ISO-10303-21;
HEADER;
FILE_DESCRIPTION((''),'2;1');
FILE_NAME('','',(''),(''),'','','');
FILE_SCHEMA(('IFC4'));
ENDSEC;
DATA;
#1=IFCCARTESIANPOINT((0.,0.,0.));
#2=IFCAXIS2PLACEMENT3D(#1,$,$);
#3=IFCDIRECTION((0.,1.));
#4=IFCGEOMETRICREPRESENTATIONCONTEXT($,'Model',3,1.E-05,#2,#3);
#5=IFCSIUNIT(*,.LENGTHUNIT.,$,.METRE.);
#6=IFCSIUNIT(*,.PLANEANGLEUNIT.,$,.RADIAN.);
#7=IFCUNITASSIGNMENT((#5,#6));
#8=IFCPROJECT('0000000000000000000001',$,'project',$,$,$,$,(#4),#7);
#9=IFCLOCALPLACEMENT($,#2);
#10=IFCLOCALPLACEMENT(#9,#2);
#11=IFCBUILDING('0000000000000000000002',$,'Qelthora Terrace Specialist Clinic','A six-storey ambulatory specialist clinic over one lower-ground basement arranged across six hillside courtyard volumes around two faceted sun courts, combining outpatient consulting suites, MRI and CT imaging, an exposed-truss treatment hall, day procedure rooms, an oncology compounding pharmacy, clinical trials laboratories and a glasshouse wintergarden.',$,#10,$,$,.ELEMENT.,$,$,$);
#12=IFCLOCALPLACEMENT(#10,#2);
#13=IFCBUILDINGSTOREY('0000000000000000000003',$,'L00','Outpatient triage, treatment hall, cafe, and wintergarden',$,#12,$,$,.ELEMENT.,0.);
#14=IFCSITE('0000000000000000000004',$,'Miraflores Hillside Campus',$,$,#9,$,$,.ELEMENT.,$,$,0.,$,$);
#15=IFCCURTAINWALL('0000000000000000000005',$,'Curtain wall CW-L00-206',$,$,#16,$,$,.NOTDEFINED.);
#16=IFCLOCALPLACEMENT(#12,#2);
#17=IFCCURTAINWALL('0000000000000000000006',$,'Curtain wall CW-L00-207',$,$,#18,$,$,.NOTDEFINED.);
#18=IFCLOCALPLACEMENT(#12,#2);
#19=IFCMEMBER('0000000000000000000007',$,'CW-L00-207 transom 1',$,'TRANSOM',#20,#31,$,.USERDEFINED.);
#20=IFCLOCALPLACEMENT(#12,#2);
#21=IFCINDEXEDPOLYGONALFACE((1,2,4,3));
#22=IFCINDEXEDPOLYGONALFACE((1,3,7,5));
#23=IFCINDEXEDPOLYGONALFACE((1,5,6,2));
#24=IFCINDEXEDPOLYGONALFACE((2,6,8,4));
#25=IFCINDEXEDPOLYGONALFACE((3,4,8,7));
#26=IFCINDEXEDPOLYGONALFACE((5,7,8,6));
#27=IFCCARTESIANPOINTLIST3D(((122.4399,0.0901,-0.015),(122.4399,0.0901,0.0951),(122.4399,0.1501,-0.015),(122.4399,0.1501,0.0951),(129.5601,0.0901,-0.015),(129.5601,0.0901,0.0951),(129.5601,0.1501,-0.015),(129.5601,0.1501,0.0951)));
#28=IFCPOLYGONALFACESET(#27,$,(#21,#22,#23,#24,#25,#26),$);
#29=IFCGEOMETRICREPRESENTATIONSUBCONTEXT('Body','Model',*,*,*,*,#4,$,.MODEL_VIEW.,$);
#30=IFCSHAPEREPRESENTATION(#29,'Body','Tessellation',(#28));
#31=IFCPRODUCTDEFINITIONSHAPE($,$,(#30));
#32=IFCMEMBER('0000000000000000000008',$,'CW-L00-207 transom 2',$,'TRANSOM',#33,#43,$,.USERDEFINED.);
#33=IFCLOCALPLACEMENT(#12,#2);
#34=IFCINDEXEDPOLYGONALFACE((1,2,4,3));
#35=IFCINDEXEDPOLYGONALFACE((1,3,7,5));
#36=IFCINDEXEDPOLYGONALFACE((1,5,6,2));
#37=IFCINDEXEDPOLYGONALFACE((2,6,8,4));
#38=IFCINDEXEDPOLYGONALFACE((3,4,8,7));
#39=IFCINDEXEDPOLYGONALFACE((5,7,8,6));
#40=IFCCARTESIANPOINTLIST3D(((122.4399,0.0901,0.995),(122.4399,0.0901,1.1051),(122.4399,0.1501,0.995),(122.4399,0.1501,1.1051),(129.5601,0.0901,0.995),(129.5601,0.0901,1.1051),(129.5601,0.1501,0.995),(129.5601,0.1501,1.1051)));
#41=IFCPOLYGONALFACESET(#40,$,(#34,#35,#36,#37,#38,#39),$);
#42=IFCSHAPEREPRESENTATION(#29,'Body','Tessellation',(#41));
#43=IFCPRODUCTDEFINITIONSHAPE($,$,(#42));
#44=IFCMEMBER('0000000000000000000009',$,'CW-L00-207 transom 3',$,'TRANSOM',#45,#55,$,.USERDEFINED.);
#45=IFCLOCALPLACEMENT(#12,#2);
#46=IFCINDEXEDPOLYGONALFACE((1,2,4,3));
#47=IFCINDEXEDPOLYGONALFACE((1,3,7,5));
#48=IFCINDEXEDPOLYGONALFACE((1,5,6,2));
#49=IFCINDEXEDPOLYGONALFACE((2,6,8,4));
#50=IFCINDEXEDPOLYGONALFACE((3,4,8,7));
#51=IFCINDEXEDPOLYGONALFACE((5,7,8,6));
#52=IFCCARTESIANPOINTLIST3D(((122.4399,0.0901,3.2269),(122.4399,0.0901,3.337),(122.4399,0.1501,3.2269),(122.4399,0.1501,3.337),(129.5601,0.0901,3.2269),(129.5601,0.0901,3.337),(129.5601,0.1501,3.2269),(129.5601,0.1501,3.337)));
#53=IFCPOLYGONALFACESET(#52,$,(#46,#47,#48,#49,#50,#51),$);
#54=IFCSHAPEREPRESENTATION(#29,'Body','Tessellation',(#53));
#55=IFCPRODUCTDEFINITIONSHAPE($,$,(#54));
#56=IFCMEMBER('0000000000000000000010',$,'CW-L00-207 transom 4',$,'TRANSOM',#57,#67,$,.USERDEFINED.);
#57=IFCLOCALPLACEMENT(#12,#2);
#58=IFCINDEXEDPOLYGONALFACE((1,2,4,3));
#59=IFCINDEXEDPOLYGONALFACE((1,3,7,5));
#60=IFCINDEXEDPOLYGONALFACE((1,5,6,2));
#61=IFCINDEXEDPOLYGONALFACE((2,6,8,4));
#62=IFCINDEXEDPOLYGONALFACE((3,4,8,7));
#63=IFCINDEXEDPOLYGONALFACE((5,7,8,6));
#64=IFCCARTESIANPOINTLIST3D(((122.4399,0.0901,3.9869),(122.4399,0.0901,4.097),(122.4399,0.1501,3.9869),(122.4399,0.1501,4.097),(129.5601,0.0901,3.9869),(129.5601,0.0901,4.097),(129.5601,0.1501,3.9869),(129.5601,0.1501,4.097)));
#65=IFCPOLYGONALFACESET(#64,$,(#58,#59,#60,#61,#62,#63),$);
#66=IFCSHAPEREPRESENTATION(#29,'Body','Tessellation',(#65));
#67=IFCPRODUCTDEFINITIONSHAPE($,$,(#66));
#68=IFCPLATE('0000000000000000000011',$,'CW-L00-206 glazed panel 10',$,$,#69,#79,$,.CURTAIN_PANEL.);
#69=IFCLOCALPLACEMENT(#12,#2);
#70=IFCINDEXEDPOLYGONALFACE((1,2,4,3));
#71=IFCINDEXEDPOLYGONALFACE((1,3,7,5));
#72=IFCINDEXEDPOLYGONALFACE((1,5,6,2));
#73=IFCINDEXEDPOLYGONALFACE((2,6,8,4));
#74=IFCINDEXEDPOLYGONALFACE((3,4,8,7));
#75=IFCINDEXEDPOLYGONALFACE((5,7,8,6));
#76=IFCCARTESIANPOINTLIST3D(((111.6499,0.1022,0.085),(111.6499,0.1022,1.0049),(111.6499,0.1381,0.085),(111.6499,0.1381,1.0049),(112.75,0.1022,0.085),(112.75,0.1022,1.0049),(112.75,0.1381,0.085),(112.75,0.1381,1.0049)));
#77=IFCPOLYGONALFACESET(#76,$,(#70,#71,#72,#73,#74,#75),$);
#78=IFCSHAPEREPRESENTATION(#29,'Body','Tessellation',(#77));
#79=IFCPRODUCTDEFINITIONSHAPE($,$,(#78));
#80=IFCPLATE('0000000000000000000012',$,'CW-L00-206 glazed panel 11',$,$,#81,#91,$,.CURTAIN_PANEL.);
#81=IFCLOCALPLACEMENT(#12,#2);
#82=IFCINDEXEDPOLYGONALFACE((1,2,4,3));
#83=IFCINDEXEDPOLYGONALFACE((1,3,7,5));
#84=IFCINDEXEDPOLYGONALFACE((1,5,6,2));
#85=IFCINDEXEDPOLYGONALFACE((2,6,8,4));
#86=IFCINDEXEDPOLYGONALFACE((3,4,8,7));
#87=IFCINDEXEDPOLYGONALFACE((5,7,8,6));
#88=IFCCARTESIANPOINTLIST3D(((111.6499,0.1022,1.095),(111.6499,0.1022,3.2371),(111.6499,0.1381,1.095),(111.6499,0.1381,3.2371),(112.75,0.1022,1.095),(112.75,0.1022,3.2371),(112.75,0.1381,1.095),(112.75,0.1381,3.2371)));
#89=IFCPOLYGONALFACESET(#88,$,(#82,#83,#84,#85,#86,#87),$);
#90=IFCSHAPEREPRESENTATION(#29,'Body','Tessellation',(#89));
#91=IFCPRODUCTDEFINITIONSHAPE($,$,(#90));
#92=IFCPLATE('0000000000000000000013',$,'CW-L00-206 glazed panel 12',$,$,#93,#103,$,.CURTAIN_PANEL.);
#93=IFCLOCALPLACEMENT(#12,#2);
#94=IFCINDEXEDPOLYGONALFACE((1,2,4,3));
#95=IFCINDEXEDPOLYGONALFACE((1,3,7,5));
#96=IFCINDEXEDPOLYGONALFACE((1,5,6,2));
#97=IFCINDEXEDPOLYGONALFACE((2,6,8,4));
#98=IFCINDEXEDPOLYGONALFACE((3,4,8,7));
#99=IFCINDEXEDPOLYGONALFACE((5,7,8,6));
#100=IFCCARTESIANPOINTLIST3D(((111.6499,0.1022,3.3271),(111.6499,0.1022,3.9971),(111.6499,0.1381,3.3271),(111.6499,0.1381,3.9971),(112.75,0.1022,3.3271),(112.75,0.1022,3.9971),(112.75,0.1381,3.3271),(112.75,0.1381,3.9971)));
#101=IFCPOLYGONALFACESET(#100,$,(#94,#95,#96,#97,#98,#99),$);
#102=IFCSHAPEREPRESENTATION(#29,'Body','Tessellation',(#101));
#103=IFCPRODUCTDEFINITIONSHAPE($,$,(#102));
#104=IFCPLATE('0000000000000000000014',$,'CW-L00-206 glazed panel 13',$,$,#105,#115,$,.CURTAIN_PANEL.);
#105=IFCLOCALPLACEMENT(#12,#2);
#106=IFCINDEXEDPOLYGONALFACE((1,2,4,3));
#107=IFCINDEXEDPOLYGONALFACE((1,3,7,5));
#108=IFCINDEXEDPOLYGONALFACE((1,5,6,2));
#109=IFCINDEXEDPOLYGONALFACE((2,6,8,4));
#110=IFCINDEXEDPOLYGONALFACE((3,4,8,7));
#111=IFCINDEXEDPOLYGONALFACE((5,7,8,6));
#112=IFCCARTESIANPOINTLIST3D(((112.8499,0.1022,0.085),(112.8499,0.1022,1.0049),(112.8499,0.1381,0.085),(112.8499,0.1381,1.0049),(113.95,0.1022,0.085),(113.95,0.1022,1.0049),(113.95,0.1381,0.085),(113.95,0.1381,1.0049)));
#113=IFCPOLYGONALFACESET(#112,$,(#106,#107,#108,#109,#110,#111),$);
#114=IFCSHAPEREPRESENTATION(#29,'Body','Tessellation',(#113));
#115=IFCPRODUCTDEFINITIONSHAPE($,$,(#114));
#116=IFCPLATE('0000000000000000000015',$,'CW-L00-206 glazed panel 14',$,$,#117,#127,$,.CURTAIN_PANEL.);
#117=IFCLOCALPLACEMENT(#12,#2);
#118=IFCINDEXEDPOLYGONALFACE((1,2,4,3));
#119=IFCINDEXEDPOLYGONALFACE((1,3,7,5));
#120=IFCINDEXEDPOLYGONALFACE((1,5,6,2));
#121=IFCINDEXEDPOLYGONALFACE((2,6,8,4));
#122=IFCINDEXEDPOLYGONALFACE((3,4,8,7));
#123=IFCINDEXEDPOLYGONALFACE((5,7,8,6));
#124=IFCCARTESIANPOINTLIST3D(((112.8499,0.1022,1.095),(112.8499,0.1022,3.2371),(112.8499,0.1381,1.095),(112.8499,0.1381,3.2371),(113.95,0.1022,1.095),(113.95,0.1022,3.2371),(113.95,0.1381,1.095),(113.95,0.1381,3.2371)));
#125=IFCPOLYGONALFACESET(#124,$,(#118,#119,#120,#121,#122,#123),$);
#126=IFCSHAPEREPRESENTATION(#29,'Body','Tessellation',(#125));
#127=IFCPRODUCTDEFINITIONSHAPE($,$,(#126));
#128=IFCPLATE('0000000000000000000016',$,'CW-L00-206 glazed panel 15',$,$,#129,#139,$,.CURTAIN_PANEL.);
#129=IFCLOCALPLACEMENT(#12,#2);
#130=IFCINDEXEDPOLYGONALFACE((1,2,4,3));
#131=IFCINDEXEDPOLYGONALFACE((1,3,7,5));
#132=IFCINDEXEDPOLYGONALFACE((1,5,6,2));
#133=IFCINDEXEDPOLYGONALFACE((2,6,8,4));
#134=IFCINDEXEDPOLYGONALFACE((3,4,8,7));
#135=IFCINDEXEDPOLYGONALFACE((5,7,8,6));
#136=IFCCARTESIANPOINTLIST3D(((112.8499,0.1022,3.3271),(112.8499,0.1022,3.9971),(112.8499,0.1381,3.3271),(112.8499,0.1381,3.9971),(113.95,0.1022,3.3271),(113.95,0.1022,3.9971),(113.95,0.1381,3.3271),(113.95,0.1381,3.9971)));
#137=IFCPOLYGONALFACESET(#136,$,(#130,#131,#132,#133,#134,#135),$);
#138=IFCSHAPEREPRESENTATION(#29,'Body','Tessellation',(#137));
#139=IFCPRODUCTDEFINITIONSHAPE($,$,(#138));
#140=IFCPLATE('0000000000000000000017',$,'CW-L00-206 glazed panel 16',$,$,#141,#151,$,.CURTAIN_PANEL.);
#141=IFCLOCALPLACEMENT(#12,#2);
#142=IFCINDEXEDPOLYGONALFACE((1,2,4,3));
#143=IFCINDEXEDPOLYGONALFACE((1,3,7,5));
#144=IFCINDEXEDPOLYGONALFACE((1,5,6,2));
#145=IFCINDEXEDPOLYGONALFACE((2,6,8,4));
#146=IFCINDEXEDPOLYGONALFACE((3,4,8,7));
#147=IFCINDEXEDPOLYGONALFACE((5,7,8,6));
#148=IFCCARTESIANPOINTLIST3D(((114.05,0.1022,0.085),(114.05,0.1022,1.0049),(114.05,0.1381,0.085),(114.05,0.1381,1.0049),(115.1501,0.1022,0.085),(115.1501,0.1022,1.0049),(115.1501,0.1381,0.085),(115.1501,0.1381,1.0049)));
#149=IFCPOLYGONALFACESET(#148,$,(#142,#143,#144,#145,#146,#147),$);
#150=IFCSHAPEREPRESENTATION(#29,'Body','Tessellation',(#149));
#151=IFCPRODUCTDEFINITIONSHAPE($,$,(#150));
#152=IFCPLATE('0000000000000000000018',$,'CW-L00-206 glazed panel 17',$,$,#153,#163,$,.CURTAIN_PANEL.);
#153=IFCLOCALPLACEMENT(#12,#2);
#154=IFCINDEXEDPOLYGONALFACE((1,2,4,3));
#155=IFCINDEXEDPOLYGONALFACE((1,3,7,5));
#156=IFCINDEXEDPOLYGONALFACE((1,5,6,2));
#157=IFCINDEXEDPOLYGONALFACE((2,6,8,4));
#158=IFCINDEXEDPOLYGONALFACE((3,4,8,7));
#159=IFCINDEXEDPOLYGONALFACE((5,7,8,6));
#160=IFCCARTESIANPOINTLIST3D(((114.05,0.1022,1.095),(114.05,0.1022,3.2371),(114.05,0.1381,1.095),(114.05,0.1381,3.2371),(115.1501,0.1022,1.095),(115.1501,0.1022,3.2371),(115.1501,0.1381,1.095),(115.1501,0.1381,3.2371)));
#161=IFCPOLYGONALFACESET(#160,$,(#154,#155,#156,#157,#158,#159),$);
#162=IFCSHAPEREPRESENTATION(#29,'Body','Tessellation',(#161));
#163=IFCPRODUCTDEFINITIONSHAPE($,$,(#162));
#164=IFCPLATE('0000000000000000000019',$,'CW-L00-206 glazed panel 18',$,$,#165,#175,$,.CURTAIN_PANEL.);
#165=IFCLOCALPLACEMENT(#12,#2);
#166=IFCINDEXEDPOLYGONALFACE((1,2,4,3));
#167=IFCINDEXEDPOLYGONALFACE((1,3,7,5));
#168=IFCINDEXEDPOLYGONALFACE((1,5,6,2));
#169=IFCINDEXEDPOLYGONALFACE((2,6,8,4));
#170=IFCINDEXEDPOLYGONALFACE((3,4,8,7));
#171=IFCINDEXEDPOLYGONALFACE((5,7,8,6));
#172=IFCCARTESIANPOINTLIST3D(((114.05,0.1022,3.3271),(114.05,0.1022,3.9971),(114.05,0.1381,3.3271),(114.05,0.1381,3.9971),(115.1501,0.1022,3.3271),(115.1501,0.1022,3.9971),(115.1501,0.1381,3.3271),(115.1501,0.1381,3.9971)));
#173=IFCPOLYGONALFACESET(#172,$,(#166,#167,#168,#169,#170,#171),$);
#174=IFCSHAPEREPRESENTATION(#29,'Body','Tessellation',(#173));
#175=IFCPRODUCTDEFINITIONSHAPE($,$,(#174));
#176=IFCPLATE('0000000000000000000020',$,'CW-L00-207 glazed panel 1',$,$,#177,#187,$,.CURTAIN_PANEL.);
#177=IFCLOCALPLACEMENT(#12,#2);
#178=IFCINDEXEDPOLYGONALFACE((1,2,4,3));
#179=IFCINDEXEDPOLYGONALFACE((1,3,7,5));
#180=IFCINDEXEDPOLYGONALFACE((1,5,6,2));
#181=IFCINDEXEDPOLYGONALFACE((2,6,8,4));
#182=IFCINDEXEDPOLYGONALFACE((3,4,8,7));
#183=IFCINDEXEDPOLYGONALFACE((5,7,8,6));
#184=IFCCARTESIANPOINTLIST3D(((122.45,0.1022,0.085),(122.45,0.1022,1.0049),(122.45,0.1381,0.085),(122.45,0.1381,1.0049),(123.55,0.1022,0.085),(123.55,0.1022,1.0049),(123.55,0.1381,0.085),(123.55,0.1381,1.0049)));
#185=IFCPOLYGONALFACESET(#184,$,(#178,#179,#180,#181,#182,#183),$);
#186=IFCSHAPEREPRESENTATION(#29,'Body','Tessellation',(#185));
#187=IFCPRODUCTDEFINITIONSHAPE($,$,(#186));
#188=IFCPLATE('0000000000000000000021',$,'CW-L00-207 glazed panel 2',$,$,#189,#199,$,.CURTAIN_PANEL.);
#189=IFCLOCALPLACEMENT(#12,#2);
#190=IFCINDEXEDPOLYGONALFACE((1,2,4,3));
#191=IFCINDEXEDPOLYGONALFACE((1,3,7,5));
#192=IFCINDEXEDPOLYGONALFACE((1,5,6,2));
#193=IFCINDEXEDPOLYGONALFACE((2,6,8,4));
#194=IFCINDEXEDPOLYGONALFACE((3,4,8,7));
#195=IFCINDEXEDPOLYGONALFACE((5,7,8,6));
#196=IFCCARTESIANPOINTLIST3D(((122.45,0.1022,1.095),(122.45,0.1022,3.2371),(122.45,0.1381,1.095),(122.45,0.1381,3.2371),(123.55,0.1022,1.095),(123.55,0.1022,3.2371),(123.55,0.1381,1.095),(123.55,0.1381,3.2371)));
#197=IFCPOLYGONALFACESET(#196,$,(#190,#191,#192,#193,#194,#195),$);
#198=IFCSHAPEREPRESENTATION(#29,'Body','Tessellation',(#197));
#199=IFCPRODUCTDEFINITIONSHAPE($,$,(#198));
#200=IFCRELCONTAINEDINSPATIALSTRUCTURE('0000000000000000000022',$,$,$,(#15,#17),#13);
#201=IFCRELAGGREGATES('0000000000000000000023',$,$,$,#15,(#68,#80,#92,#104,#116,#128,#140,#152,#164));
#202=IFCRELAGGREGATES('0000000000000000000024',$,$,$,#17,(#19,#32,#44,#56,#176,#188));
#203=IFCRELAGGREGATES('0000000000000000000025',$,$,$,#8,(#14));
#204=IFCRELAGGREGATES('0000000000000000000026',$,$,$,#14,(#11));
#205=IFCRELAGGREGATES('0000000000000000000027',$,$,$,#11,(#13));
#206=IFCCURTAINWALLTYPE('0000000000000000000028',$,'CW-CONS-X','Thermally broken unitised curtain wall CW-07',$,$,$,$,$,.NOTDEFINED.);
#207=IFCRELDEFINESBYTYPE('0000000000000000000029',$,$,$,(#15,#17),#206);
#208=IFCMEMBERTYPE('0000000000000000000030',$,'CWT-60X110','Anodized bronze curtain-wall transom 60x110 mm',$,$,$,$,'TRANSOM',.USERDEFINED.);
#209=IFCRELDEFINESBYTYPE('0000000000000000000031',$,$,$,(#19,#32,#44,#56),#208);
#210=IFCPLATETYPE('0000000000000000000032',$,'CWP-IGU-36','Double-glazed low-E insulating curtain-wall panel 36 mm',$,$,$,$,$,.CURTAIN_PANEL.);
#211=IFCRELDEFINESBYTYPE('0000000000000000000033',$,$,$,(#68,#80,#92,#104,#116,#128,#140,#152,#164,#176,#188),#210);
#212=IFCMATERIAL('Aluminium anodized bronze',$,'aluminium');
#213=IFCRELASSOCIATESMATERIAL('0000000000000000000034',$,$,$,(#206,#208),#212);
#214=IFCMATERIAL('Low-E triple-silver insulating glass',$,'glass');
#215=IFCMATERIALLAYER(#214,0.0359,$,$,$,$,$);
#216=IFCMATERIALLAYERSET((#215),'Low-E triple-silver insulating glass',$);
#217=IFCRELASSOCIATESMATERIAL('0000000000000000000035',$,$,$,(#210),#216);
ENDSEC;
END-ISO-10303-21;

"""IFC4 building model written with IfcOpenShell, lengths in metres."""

from ifc_helpers import new_model, si_unit, direction, frame, origin, origin_2d, place, context, subcontext, project, spatial, rectangle, extrude, material, layer, layer_set, material_profile, profile_set, type_object, element, aggregate, save


model = new_model("IFC4")

# Units and contexts
model_context = context("Model", 3, precision=1e-05, world=origin(), true_north=direction((0.0, 1.0)))
body_context = subcontext(model_context, "Body", "Model", "MODEL_VIEW")
ifc_project = project(units=[si_unit("LENGTHUNIT", "METRE"), si_unit("PLANEANGLEUNIT", "RADIAN")], contexts=[model_context])

# Site, building, storey
site_placement = place(None, origin())
site = spatial("IfcSite", under=ifc_project, at=site_placement, Name="Miraflores Hillside Campus", CompositionType="ELEMENT", RefElevation=0.0)
building_placement = place(site_placement, origin())
building = spatial("IfcBuilding", under=site, at=building_placement, Name="Qelthora Terrace Specialist Clinic", Description="A six-storey ambulatory specialist clinic over one lower-ground basement arranged across six hillside courtyard volumes around two faceted sun courts, combining outpatient consulting suites, MRI and CT imaging, an exposed-truss treatment hall, day procedure rooms, an oncology compounding pharmacy, clinical trials laboratories and a glasshouse wintergarden.", CompositionType="ELEMENT")
storey_placement = place(building_placement, origin())
storey = spatial("IfcBuildingStorey", under=building, at=storey_placement, Name="L00", Description="Outpatient triage, treatment hall, cafe, and wintergarden", CompositionType="ELEMENT", Elevation=0.0)

# Curtain walls, members
ifc_material_1 = material(Name="Aluminium anodized bronze", Category="aluminium")
curtain_wall_type = type_object("IfcCurtainWallType", Name="CW-CONS-X", Description="Thermally broken unitised curtain wall CW-07", PredefinedType="NOTDEFINED", material=ifc_material_1)
curtain_wall_1_placement = place(storey_placement, origin())
curtain_wall_1 = element("IfcCurtainWall", 1, at=curtain_wall_1_placement, inside=storey, type_object=curtain_wall_type, Name="Curtain wall CW-L00-206", PredefinedType="NOTDEFINED")
curtain_wall_2_placement = place(storey_placement, origin())
curtain_wall_2 = element("IfcCurtainWall", 2, at=curtain_wall_2_placement, inside=storey, type_object=curtain_wall_type, Name="Curtain wall CW-L00-207", PredefinedType="NOTDEFINED")
ifc_material_profile_1 = material_profile(ifc_material_1, rectangle(XDim=0.0601, YDim=0.1101, at=origin_2d()), Name="CWT60X110")
ifc_profile_set_1 = profile_set([ifc_material_profile_1], Name="Aluminium anodized bronze")
member_type_1 = type_object("IfcMemberType", Name="CWT-60X110", Description="Anodized bronze curtain-wall transom 60x110 mm", ElementType="TRANSOM", PredefinedType="USERDEFINED", material=ifc_profile_set_1)
member_1_placement = place(storey_placement, frame((122.4399, 0.1201, 0.04), z_axis=(1.0, 0.0, 0.0), x_axis=(0.0, 1.0, 0.0)))
member_1 = element("IfcMember", 3, at=member_1_placement, type_object=member_type_1, Name="CW-L00-207 transom 1", ObjectType="TRANSOM", PredefinedType="USERDEFINED", context=body_context, shape_type="SweptSolid", body=[
    extrude(rectangle(XDim=0.0601, YDim=0.1101, at=origin_2d()), origin(), (0.0, 0.0, 1.0), 7.1201),
])
member_2_placement = place(storey_placement, frame((122.4399, 0.1201, 1.05), z_axis=(1.0, 0.0, 0.0), x_axis=(0.0, 1.0, 0.0)))
member_2 = element("IfcMember", 4, at=member_2_placement, type_object=member_type_1, Name="CW-L00-207 transom 2", ObjectType="TRANSOM", PredefinedType="USERDEFINED", context=body_context, shape_type="SweptSolid", body=[
    extrude(rectangle(XDim=0.0601, YDim=0.1101, at=origin_2d()), origin(), (0.0, 0.0, 1.0), 7.1201),
])
member_3_placement = place(storey_placement, frame((122.4399, 0.1201, 3.282), z_axis=(1.0, 0.0, 0.0), x_axis=(0.0, 1.0, 0.0)))
member_3 = element("IfcMember", 5, at=member_3_placement, type_object=member_type_1, Name="CW-L00-207 transom 3", ObjectType="TRANSOM", PredefinedType="USERDEFINED", context=body_context, shape_type="SweptSolid", body=[
    extrude(rectangle(XDim=0.0601, YDim=0.1101, at=origin_2d()), origin(), (0.0, 0.0, 1.0), 7.1201),
])
member_4_placement = place(storey_placement, frame((122.4399, 0.1201, 4.042), z_axis=(1.0, 0.0, 0.0), x_axis=(0.0, 1.0, 0.0)))
member_4 = element("IfcMember", 6, at=member_4_placement, type_object=member_type_1, Name="CW-L00-207 transom 4", ObjectType="TRANSOM", PredefinedType="USERDEFINED", context=body_context, shape_type="SweptSolid", body=[
    extrude(rectangle(XDim=0.0601, YDim=0.1101, at=origin_2d()), origin(), (0.0, 0.0, 1.0), 7.1201),
])

# Plates
ifc_material_2 = material(Name="Low-E triple-silver insulating glass", Category="glass")
ifc_layer_1 = layer(ifc_material_2, 0.0359)
ifc_layer_set_1 = layer_set([ifc_layer_1], Name="Low-E triple-silver insulating glass")
plate_type_1 = type_object("IfcPlateType", Name="CWP-IGU-36", Description="Double-glazed low-E insulating curtain-wall panel 36 mm", PredefinedType="CURTAIN_PANEL", material=ifc_layer_set_1)
plate_1_placement = place(storey_placement, frame((112.2, 0.1201, 0.085), z_axis=(0.0, 0.0, 1.0), x_axis=(1.0, 0.0, 0.0)))
plate_1 = element("IfcPlate", 7, at=plate_1_placement, type_object=plate_type_1, Name="CW-L00-206 glazed panel 10", PredefinedType="CURTAIN_PANEL", context=body_context, shape_type="SweptSolid", body=[
    extrude(rectangle(XDim=1.1001, YDim=0.0359, at=origin_2d()), origin(), (0.0, 0.0, 1.0), 0.9199),
])
plate_2_placement = place(storey_placement, frame((112.2, 0.1201, 1.095), z_axis=(0.0, 0.0, 1.0), x_axis=(1.0, 0.0, 0.0)))
plate_2 = element("IfcPlate", 8, at=plate_2_placement, type_object=plate_type_1, Name="CW-L00-206 glazed panel 11", PredefinedType="CURTAIN_PANEL", context=body_context, shape_type="SweptSolid", body=[
    extrude(rectangle(XDim=1.1001, YDim=0.0359, at=origin_2d()), origin(), (0.0, 0.0, 1.0), 2.1421),
])
plate_3_placement = place(storey_placement, frame((112.2, 0.1201, 3.3271), z_axis=(0.0, 0.0, 1.0), x_axis=(1.0, 0.0, 0.0)))
plate_3 = element("IfcPlate", 9, at=plate_3_placement, type_object=plate_type_1, Name="CW-L00-206 glazed panel 12", PredefinedType="CURTAIN_PANEL", context=body_context, shape_type="SweptSolid", body=[
    extrude(rectangle(XDim=1.1001, YDim=0.0359, at=origin_2d()), origin(), (0.0, 0.0, 1.0), 0.6699),
])
plate_4_placement = place(storey_placement, frame((113.3999, 0.1201, 0.085), z_axis=(0.0, 0.0, 1.0), x_axis=(1.0, 0.0, 0.0)))
plate_4 = element("IfcPlate", 10, at=plate_4_placement, type_object=plate_type_1, Name="CW-L00-206 glazed panel 13", PredefinedType="CURTAIN_PANEL", context=body_context, shape_type="SweptSolid", body=[
    extrude(rectangle(XDim=1.1001, YDim=0.0359, at=origin_2d()), origin(), (0.0, 0.0, 1.0), 0.9199),
])
plate_5_placement = place(storey_placement, frame((113.3999, 0.1201, 1.095), z_axis=(0.0, 0.0, 1.0), x_axis=(1.0, 0.0, 0.0)))
plate_5 = element("IfcPlate", 11, at=plate_5_placement, type_object=plate_type_1, Name="CW-L00-206 glazed panel 14", PredefinedType="CURTAIN_PANEL", context=body_context, shape_type="SweptSolid", body=[
    extrude(rectangle(XDim=1.1001, YDim=0.0359, at=origin_2d()), origin(), (0.0, 0.0, 1.0), 2.1421),
])
plate_6_placement = place(storey_placement, frame((113.3999, 0.1201, 3.3271), z_axis=(0.0, 0.0, 1.0), x_axis=(1.0, 0.0, 0.0)))
plate_6 = element("IfcPlate", 12, at=plate_6_placement, type_object=plate_type_1, Name="CW-L00-206 glazed panel 15", PredefinedType="CURTAIN_PANEL", context=body_context, shape_type="SweptSolid", body=[
    extrude(rectangle(XDim=1.1001, YDim=0.0359, at=origin_2d()), origin(), (0.0, 0.0, 1.0), 0.6699),
])
plate_7_placement = place(storey_placement, frame((114.6001, 0.1201, 0.085), z_axis=(0.0, 0.0, 1.0), x_axis=(1.0, 0.0, 0.0)))
plate_7 = element("IfcPlate", 13, at=plate_7_placement, type_object=plate_type_1, Name="CW-L00-206 glazed panel 16", PredefinedType="CURTAIN_PANEL", context=body_context, shape_type="SweptSolid", body=[
    extrude(rectangle(XDim=1.1001, YDim=0.0359, at=origin_2d()), origin(), (0.0, 0.0, 1.0), 0.9199),
])
plate_8_placement = place(storey_placement, frame((114.6001, 0.1201, 1.095), z_axis=(0.0, 0.0, 1.0), x_axis=(1.0, 0.0, 0.0)))
plate_8 = element("IfcPlate", 14, at=plate_8_placement, type_object=plate_type_1, Name="CW-L00-206 glazed panel 17", PredefinedType="CURTAIN_PANEL", context=body_context, shape_type="SweptSolid", body=[
    extrude(rectangle(XDim=1.1001, YDim=0.0359, at=origin_2d()), origin(), (0.0, 0.0, 1.0), 2.1421),
])
plate_9_placement = place(storey_placement, frame((114.6001, 0.1201, 3.3271), z_axis=(0.0, 0.0, 1.0), x_axis=(1.0, 0.0, 0.0)))
plate_9 = element("IfcPlate", 15, at=plate_9_placement, type_object=plate_type_1, Name="CW-L00-206 glazed panel 18", PredefinedType="CURTAIN_PANEL", context=body_context, shape_type="SweptSolid", body=[
    extrude(rectangle(XDim=1.1001, YDim=0.0359, at=origin_2d()), origin(), (0.0, 0.0, 1.0), 0.6699),
])
aggregate(curtain_wall_1, [plate_1, plate_2, plate_3, plate_4, plate_5, plate_6, plate_7, plate_8, plate_9])
plate_10_placement = place(storey_placement, frame((123.0, 0.1201, 0.085), z_axis=(0.0, 0.0, 1.0), x_axis=(1.0, 0.0, 0.0)))
plate_10 = element("IfcPlate", 16, at=plate_10_placement, type_object=plate_type_1, Name="CW-L00-207 glazed panel 1", PredefinedType="CURTAIN_PANEL", context=body_context, shape_type="SweptSolid", body=[
    extrude(rectangle(XDim=1.1001, YDim=0.0359, at=origin_2d()), origin(), (0.0, 0.0, 1.0), 0.9199),
])
plate_11_placement = place(storey_placement, frame((123.0, 0.1201, 1.095), z_axis=(0.0, 0.0, 1.0), x_axis=(1.0, 0.0, 0.0)))
plate_11 = element("IfcPlate", 17, at=plate_11_placement, type_object=plate_type_1, Name="CW-L00-207 glazed panel 2", PredefinedType="CURTAIN_PANEL", context=body_context, shape_type="SweptSolid", body=[
    extrude(rectangle(XDim=1.1001, YDim=0.0359, at=origin_2d()), origin(), (0.0, 0.0, 1.0), 2.1421),
])
aggregate(curtain_wall_2, [member_1, member_2, member_3, member_4, plate_10, plate_11])

save(model, "model.ifc")
